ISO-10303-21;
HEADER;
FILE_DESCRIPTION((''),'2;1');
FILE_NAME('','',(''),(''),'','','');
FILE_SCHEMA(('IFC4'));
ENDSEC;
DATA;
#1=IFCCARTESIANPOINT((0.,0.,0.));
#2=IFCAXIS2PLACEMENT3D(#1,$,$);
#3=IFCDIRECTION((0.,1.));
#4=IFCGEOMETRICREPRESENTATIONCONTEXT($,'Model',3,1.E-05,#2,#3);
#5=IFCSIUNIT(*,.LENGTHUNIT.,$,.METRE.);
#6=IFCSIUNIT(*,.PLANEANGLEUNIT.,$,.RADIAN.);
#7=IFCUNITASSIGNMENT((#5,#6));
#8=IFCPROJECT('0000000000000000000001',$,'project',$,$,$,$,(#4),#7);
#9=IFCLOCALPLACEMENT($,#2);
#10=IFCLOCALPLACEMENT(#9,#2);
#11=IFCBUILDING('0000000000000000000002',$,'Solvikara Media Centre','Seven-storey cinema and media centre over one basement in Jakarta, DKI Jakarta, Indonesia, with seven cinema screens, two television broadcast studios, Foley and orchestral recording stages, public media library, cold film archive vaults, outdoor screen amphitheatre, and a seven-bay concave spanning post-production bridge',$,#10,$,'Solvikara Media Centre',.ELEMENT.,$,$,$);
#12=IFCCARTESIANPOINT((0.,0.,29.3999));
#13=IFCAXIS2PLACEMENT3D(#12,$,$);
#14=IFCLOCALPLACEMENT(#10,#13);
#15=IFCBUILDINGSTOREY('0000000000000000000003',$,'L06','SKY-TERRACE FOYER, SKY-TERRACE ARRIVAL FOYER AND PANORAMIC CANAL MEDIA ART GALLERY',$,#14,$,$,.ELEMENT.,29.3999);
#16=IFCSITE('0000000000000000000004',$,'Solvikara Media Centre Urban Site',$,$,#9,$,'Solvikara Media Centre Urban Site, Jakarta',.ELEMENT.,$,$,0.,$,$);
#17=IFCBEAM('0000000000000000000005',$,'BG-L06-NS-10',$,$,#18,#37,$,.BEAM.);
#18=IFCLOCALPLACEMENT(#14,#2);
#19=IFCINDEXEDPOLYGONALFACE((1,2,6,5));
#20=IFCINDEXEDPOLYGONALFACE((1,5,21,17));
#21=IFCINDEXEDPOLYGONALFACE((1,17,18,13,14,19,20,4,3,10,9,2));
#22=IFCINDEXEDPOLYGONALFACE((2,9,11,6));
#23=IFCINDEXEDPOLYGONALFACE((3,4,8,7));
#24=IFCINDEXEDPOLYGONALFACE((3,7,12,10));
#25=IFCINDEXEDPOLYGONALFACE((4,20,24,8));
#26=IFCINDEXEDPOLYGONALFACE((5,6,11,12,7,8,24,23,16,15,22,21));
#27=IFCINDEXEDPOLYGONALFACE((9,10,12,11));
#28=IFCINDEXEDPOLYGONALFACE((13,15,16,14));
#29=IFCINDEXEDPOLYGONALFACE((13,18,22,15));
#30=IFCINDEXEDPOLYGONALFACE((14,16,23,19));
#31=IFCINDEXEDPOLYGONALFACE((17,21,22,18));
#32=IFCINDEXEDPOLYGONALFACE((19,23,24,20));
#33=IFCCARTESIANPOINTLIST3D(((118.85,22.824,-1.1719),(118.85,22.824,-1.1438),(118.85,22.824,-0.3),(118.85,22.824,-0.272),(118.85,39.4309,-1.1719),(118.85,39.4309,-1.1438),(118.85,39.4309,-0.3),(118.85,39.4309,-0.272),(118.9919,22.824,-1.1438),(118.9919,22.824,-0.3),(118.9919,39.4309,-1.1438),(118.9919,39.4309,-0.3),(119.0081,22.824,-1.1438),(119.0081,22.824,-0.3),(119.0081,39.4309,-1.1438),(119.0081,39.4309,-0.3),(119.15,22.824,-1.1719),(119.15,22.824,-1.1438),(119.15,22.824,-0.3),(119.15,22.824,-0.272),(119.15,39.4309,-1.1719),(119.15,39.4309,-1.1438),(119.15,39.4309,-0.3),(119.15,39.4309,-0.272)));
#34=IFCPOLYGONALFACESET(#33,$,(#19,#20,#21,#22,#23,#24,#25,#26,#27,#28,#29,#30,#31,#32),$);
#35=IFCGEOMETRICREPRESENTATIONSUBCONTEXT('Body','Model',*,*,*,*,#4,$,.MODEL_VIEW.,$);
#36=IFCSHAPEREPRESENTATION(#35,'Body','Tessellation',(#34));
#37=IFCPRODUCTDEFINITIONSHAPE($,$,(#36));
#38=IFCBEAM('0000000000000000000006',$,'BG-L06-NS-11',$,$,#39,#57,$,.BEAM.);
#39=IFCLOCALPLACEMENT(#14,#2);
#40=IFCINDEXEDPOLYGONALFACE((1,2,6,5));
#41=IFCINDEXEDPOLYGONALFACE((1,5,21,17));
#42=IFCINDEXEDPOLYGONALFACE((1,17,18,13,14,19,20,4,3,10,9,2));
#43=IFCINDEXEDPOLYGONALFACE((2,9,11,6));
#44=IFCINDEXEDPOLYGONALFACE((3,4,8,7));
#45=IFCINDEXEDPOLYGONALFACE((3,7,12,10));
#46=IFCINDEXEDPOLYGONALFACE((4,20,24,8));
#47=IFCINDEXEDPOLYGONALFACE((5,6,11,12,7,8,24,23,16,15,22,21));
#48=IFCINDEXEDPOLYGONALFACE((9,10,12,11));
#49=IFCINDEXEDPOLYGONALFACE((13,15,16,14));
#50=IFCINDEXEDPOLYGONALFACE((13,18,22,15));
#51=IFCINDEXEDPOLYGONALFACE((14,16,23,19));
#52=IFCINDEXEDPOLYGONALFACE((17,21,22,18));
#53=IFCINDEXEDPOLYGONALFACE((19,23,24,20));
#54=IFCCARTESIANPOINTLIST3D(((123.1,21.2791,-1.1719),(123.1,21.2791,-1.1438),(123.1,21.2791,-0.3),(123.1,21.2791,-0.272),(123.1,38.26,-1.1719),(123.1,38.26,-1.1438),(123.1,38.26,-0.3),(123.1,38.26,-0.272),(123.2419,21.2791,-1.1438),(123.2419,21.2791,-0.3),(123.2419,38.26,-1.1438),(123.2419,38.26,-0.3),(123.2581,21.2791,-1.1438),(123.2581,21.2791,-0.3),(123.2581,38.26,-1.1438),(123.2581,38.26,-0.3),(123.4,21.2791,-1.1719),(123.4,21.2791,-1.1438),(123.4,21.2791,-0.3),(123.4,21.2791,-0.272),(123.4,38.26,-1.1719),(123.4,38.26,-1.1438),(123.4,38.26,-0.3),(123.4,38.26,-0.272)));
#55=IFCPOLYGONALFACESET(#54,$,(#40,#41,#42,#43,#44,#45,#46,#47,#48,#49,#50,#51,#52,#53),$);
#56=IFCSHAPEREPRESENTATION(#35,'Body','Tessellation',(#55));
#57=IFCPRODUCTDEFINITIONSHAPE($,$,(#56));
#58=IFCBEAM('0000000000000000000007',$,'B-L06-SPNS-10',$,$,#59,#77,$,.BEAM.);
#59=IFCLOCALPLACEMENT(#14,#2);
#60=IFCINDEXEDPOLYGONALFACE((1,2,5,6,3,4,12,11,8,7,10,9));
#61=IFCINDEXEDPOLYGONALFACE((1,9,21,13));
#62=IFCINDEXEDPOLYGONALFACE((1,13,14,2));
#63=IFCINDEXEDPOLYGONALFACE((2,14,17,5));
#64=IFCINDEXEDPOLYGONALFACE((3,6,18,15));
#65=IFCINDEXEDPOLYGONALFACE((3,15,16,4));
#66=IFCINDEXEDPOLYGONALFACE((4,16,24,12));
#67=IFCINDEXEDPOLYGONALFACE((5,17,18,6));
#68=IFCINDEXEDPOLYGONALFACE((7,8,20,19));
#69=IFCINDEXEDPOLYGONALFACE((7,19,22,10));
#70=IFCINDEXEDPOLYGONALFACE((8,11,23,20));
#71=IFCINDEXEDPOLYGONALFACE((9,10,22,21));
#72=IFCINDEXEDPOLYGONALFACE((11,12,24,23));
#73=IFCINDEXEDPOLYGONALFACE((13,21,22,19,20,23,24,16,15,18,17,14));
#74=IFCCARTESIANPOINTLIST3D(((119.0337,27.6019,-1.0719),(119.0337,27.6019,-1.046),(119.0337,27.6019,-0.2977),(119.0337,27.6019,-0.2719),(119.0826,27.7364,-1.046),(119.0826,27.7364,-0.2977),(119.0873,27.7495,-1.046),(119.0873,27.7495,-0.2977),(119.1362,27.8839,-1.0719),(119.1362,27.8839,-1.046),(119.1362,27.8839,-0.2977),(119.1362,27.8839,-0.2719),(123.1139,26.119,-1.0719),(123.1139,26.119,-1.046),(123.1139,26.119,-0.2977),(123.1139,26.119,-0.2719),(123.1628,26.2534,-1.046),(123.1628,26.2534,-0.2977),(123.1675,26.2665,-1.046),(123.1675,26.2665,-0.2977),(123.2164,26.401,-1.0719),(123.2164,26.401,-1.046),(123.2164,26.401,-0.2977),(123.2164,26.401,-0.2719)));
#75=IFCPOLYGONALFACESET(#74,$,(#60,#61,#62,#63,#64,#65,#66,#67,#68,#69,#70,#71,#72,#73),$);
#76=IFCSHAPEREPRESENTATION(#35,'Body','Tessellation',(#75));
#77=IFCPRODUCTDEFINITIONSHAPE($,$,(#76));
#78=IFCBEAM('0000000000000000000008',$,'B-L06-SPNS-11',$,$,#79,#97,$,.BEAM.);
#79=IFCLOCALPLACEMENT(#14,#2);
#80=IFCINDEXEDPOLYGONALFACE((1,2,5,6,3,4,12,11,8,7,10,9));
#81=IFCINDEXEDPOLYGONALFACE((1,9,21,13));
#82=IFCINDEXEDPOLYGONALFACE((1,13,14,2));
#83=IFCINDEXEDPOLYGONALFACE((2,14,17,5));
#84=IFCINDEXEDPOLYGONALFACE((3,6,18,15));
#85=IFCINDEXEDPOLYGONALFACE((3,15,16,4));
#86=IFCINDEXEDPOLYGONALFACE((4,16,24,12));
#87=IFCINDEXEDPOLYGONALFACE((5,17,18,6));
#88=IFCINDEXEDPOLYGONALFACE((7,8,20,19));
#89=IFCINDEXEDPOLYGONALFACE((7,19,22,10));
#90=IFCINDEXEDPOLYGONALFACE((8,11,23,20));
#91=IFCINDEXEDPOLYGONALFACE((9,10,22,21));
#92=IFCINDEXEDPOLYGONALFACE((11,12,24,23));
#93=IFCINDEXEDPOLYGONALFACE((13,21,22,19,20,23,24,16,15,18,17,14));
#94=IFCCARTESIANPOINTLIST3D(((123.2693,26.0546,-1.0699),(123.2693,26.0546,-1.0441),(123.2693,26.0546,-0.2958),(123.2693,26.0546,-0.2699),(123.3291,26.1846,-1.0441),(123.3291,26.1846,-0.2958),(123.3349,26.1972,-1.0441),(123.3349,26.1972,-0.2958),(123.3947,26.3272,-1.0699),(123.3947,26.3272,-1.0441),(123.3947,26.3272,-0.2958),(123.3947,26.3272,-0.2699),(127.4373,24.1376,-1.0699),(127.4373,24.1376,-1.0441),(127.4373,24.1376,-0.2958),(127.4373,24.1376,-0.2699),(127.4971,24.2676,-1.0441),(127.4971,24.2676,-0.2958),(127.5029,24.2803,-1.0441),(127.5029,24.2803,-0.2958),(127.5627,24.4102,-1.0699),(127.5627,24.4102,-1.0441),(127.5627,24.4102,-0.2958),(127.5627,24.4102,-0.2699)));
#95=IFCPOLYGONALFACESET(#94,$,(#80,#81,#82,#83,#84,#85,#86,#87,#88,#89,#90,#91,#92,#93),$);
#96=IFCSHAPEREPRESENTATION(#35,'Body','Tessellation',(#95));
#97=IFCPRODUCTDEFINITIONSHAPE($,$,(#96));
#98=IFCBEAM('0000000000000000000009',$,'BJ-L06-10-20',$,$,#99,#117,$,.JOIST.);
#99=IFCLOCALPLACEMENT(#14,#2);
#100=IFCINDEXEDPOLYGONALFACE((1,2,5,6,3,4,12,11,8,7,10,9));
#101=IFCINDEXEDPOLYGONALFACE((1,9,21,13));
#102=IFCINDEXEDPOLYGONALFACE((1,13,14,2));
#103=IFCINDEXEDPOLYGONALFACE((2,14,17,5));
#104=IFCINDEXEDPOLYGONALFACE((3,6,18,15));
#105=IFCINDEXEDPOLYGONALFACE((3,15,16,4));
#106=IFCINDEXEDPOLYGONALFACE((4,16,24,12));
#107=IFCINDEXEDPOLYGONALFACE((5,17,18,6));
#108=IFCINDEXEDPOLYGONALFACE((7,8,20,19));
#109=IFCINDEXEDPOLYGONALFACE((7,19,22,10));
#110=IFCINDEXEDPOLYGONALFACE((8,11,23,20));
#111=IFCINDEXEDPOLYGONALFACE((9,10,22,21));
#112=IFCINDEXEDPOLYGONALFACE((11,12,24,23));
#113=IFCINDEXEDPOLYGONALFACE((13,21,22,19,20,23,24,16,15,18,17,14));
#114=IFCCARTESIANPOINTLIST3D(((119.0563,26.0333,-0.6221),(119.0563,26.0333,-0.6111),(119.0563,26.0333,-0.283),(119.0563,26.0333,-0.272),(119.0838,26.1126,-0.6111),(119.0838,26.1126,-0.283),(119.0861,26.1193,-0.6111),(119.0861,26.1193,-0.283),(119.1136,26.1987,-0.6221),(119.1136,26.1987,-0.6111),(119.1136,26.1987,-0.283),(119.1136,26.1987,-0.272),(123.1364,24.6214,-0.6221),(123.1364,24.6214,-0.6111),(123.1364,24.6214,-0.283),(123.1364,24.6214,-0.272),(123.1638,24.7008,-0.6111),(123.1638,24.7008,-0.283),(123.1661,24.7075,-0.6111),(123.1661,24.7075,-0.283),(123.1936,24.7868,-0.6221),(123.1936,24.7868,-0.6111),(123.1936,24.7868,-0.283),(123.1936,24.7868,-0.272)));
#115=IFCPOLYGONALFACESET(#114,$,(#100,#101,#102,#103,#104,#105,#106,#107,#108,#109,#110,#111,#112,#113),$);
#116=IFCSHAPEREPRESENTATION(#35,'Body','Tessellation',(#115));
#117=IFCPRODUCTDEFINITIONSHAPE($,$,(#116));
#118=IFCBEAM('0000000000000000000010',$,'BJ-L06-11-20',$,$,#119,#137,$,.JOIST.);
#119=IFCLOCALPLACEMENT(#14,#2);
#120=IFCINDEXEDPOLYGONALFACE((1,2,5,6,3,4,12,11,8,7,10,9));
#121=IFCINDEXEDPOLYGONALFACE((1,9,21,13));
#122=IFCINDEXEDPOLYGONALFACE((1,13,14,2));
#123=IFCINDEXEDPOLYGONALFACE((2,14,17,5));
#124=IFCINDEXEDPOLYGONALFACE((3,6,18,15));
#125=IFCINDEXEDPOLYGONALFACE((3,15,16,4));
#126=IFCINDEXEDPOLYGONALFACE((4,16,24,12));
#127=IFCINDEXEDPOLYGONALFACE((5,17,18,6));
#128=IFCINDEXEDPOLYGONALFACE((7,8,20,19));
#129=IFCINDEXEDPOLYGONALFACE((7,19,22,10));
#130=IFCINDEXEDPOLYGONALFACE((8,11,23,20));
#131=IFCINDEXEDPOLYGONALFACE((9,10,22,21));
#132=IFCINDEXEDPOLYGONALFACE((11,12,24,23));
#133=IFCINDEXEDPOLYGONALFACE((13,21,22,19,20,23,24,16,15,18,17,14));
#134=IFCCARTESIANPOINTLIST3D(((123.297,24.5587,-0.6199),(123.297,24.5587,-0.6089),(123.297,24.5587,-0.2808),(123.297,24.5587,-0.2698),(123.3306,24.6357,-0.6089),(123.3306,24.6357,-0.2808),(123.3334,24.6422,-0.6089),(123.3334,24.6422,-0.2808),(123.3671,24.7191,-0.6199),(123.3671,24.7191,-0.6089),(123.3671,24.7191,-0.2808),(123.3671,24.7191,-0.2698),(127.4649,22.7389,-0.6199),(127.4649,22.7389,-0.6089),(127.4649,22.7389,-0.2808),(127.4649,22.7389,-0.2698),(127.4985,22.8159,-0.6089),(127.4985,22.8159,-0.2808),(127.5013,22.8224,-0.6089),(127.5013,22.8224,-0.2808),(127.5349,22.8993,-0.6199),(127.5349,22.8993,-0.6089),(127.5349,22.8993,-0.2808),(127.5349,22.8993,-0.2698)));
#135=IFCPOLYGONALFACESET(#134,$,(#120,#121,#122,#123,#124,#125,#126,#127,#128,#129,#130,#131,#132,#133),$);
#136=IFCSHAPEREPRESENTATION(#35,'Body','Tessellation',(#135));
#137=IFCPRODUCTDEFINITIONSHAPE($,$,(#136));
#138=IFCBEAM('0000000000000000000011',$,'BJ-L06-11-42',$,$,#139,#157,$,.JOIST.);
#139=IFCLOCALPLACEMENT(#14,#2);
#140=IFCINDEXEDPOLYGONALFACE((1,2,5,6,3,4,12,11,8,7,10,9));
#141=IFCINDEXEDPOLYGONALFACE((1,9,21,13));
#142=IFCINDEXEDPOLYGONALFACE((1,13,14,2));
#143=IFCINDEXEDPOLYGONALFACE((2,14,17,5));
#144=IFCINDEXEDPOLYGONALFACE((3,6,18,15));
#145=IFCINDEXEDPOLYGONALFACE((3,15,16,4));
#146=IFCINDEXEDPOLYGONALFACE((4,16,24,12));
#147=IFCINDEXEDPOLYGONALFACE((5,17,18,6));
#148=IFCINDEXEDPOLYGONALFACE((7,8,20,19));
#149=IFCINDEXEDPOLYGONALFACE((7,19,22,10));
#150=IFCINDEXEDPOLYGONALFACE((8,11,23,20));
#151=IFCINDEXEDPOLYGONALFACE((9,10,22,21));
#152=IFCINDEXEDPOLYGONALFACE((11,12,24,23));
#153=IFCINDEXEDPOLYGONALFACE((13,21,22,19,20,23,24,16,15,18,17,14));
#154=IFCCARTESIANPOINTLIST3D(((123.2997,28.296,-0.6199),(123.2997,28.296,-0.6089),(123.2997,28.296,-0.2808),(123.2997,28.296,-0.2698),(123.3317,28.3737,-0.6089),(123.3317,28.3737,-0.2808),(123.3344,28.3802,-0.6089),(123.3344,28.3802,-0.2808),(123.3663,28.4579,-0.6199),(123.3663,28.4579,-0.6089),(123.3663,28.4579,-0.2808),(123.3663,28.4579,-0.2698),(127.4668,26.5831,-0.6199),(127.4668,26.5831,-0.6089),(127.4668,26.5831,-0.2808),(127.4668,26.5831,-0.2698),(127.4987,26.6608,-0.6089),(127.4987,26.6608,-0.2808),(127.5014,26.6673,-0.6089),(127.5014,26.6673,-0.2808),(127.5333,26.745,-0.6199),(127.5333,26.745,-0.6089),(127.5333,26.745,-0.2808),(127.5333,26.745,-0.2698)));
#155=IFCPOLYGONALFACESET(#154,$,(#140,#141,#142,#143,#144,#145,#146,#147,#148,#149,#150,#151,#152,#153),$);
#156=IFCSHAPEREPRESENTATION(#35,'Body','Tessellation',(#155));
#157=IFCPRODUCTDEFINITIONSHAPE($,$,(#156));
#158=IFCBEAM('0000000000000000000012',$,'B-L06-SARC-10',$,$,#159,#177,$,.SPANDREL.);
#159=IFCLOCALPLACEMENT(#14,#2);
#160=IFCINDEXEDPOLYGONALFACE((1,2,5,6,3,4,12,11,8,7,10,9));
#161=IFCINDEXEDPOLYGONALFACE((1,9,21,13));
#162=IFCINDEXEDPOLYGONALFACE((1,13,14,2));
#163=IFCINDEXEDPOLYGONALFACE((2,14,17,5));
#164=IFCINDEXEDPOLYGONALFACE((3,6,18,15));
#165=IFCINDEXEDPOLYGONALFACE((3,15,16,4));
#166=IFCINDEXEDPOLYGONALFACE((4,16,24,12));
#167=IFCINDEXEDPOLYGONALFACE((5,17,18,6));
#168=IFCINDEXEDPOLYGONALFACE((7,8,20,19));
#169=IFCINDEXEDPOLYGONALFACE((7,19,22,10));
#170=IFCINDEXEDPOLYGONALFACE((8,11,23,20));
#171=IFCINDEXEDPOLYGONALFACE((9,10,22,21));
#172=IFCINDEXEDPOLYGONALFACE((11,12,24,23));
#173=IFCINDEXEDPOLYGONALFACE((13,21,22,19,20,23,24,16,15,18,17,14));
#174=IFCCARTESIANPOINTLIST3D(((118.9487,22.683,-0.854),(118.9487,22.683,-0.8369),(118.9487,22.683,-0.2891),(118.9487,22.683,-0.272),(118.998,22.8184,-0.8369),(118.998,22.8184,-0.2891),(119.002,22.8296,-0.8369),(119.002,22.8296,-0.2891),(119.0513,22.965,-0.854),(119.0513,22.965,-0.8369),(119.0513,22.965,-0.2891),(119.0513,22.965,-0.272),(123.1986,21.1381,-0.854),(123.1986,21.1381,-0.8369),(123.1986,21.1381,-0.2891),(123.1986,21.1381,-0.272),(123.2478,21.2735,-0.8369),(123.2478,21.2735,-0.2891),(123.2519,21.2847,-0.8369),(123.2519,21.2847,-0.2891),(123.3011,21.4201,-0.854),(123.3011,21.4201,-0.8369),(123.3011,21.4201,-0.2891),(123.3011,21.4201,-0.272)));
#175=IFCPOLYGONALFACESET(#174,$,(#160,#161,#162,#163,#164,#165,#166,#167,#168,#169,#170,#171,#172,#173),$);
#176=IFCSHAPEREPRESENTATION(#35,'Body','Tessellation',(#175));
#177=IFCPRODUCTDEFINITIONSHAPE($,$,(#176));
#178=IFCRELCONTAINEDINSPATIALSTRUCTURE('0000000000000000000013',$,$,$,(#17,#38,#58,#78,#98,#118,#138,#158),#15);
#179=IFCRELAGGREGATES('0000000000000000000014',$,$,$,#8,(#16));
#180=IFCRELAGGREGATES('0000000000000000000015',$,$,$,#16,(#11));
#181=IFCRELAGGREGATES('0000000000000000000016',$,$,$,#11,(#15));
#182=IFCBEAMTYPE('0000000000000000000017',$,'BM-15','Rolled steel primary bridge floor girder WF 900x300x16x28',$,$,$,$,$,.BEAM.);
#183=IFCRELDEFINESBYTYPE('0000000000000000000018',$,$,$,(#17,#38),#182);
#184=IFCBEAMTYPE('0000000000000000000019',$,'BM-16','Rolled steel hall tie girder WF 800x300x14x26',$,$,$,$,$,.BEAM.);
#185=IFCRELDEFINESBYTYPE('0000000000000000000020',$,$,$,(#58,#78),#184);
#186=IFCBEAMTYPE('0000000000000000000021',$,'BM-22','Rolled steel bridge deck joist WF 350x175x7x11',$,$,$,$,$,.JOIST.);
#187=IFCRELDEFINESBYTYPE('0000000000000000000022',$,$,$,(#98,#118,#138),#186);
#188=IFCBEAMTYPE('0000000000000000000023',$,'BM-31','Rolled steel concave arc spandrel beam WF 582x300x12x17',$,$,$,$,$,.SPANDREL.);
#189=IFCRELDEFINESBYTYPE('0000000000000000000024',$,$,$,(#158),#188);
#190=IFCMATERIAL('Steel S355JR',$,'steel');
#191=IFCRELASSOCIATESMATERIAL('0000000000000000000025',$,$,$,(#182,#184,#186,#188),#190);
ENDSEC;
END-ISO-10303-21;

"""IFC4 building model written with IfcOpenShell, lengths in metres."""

from ifc_helpers import new_model, si_unit, direction, frame, origin, origin_2d, place, context, subcontext, project, spatial, i_section, extrude, material, material_profile, profile_set, type_object, element, save


model = new_model("IFC4")

# Units and contexts
model_context = context("Model", 3, precision=1e-05, world=origin(), true_north=direction((0.0, 1.0)))
body_context = subcontext(model_context, "Body", "Model", "MODEL_VIEW")
ifc_project = project(units=[si_unit("LENGTHUNIT", "METRE"), si_unit("PLANEANGLEUNIT", "RADIAN")], contexts=[model_context])

# Site, building, storey
site_placement = place(None, origin())
site = spatial("IfcSite", under=ifc_project, at=site_placement, Name="Solvikara Media Centre Urban Site", LongName="Solvikara Media Centre Urban Site, Jakarta", CompositionType="ELEMENT", RefElevation=0.0)
building_placement = place(site_placement, origin())
building = spatial("IfcBuilding", under=site, at=building_placement, Name="Solvikara Media Centre", Description="Seven-storey cinema and media centre over one basement in Jakarta, DKI Jakarta, Indonesia, with seven cinema screens, two television broadcast studios, Foley and orchestral recording stages, public media library, cold film archive vaults, outdoor screen amphitheatre, and a seven-bay concave spanning post-production bridge", LongName="Solvikara Media Centre", CompositionType="ELEMENT")
storey_placement = place(building_placement, frame((0.0, 0.0, 29.3999)))
storey = spatial("IfcBuildingStorey", under=building, at=storey_placement, Name="L06", Description="SKY-TERRACE FOYER, SKY-TERRACE ARRIVAL FOYER AND PANORAMIC CANAL MEDIA ART GALLERY", CompositionType="ELEMENT", Elevation=29.3999)

# Beams
ifc_material_1 = material(Name="Steel S355JR", Category="steel")
ifc_material_profile_1 = material_profile(ifc_material_1, i_section(OverallWidth=0.3, OverallDepth=0.8999, WebThickness=0.0161, FlangeThickness=0.0281, at=origin_2d()), Name="WF 900x300x16x28")
ifc_profile_set_1 = profile_set([ifc_material_profile_1], Name="Steel S355JR")
beam_type_1 = type_object("IfcBeamType", Name="BM-15", Description="Rolled steel primary bridge floor girder WF 900x300x16x28", PredefinedType="BEAM", material=ifc_profile_set_1)
beam_1_placement = place(storey_placement, frame((119.0, 22.824, -0.7219), z_axis=(0.0, 1.0, 0.0), x_axis=(-1.0, 0.0, 0.0)))
element("IfcBeam", 1, at=beam_1_placement, inside=storey, type_object=beam_type_1, Name="BG-L06-NS-10", PredefinedType="BEAM", context=body_context, shape_type="SweptSolid", body=[
    extrude(i_section(OverallWidth=0.3, OverallDepth=0.8999, WebThickness=0.0161, FlangeThickness=0.0281, at=origin_2d()), origin(), (0.0, 0.0, 1.0), 16.6069),
])
beam_2_placement = place(storey_placement, frame((123.25, 21.2791, -0.7219), z_axis=(0.0, 1.0, 0.0), x_axis=(-1.0, 0.0, 0.0)))
element("IfcBeam", 2, at=beam_2_placement, inside=storey, type_object=beam_type_1, Name="BG-L06-NS-11", PredefinedType="BEAM", context=body_context, shape_type="SweptSolid", body=[
    extrude(i_section(OverallWidth=0.3, OverallDepth=0.8999, WebThickness=0.0161, FlangeThickness=0.0281, at=origin_2d()), origin(), (0.0, 0.0, 1.0), 16.981),
])
ifc_material_profile_2 = material_profile(ifc_material_1, i_section(OverallWidth=0.3, OverallDepth=0.8, WebThickness=0.0139, FlangeThickness=0.0259, at=origin_2d()), Name="WF 800x300x14x26")
ifc_profile_set_2 = profile_set([ifc_material_profile_2], Name="Steel S355JR")
beam_type_2 = type_object("IfcBeamType", Name="BM-16", Description="Rolled steel hall tie girder WF 800x300x14x26", PredefinedType="BEAM", material=ifc_profile_set_2)
beam_3_placement = place(storey_placement, frame((119.085, 27.7429, -0.6719), z_axis=(0.939849, -0.34159, 0.0), x_axis=(0.34159, 0.939849, 0.0)))
element("IfcBeam", 3, at=beam_3_placement, inside=storey, type_object=beam_type_2, Name="B-L06-SPNS-10", PredefinedType="BEAM", context=body_context, shape_type="SweptSolid", body=[
    extrude(i_section(OverallWidth=0.3, OverallDepth=0.8, WebThickness=0.0139, FlangeThickness=0.0259, at=origin_2d()), origin(), (0.0, 0.0, 1.0), 4.3413),
])
beam_4_placement = place(storey_placement, frame((123.332, 26.1909, -0.6699), z_axis=(0.908513, -0.417856, 0.0), x_axis=(0.417856, 0.908513, 0.0)))
element("IfcBeam", 4, at=beam_4_placement, inside=storey, type_object=beam_type_2, Name="B-L06-SPNS-11", PredefinedType="BEAM", context=body_context, shape_type="SweptSolid", body=[
    extrude(i_section(OverallWidth=0.3, OverallDepth=0.8, WebThickness=0.0139, FlangeThickness=0.0259, at=origin_2d()), origin(), (0.0, 0.0, 1.0), 4.5876),
])
ifc_material_profile_3 = material_profile(ifc_material_1, i_section(OverallWidth=0.175, OverallDepth=0.3501, WebThickness=0.0071, FlangeThickness=0.011, at=origin_2d()), Name="WF 350x175x7x11")
ifc_profile_set_3 = profile_set([ifc_material_profile_3], Name="Steel S355JR")
beam_type_3 = type_object("IfcBeamType", Name="BM-22", Description="Rolled steel bridge deck joist WF 350x175x7x11", PredefinedType="JOIST", material=ifc_profile_set_3)
beam_5_placement = place(storey_placement, frame((119.085, 26.116, -0.447), z_axis=(0.94502, -0.327013, 0.0), x_axis=(0.327013, 0.94502, 0.0)))
element("IfcBeam", 5, at=beam_5_placement, inside=storey, type_object=beam_type_3, Name="BJ-L06-10-20", PredefinedType="JOIST", context=body_context, shape_type="SweptSolid", body=[
    extrude(i_section(OverallWidth=0.175, OverallDepth=0.3501, WebThickness=0.0071, FlangeThickness=0.011, at=origin_2d()), origin(), (0.0, 0.0, 1.0), 4.3174),
])
beam_6_placement = place(storey_placement, frame((123.332, 24.6389, -0.4448), z_axis=(0.916453, -0.400143, 0.0), x_axis=(0.400143, 0.916453, 0.0)))
element("IfcBeam", 6, at=beam_6_placement, inside=storey, type_object=beam_type_3, Name="BJ-L06-11-20", PredefinedType="JOIST", context=body_context, shape_type="SweptSolid", body=[
    extrude(i_section(OverallWidth=0.175, OverallDepth=0.3501, WebThickness=0.0071, FlangeThickness=0.011, at=origin_2d()), origin(), (0.0, 0.0, 1.0), 4.5479),
])
beam_7_placement = place(storey_placement, frame((123.333, 28.377, -0.4448), z_axis=(0.924907, -0.380194, 0.0), x_axis=(0.380194, 0.924907, 0.0)))
element("IfcBeam", 7, at=beam_7_placement, inside=storey, type_object=beam_type_3, Name="BJ-L06-11-42", PredefinedType="JOIST", context=body_context, shape_type="SweptSolid", body=[
    extrude(i_section(OverallWidth=0.175, OverallDepth=0.3501, WebThickness=0.0071, FlangeThickness=0.011, at=origin_2d()), origin(), (0.0, 0.0, 1.0), 4.5054),
])
ifc_material_profile_4 = material_profile(ifc_material_1, i_section(OverallWidth=0.3, OverallDepth=0.582, WebThickness=0.012, FlangeThickness=0.0171, at=origin_2d()), Name="WF 582x300x12x17")
ifc_profile_set_4 = profile_set([ifc_material_profile_4], Name="Steel S355JR")
beam_type_4 = type_object("IfcBeamType", Name="BM-31", Description="Rolled steel concave arc spandrel beam WF 582x300x12x17", PredefinedType="SPANDREL", material=ifc_profile_set_4)
beam_8_placement = place(storey_placement, frame((119.0, 22.824, -0.563), z_axis=(0.939831, -0.341639, 0.0), x_axis=(0.341639, 0.939831, 0.0)))
element("IfcBeam", 8, at=beam_8_placement, inside=storey, type_object=beam_type_4, Name="B-L06-SARC-10", PredefinedType="SPANDREL", context=body_context, shape_type="SweptSolid", body=[
    extrude(i_section(OverallWidth=0.3, OverallDepth=0.582, WebThickness=0.012, FlangeThickness=0.0171, at=origin_2d()), origin(), (0.0, 0.0, 1.0), 4.522),
])

save(model, "model.ifc")
